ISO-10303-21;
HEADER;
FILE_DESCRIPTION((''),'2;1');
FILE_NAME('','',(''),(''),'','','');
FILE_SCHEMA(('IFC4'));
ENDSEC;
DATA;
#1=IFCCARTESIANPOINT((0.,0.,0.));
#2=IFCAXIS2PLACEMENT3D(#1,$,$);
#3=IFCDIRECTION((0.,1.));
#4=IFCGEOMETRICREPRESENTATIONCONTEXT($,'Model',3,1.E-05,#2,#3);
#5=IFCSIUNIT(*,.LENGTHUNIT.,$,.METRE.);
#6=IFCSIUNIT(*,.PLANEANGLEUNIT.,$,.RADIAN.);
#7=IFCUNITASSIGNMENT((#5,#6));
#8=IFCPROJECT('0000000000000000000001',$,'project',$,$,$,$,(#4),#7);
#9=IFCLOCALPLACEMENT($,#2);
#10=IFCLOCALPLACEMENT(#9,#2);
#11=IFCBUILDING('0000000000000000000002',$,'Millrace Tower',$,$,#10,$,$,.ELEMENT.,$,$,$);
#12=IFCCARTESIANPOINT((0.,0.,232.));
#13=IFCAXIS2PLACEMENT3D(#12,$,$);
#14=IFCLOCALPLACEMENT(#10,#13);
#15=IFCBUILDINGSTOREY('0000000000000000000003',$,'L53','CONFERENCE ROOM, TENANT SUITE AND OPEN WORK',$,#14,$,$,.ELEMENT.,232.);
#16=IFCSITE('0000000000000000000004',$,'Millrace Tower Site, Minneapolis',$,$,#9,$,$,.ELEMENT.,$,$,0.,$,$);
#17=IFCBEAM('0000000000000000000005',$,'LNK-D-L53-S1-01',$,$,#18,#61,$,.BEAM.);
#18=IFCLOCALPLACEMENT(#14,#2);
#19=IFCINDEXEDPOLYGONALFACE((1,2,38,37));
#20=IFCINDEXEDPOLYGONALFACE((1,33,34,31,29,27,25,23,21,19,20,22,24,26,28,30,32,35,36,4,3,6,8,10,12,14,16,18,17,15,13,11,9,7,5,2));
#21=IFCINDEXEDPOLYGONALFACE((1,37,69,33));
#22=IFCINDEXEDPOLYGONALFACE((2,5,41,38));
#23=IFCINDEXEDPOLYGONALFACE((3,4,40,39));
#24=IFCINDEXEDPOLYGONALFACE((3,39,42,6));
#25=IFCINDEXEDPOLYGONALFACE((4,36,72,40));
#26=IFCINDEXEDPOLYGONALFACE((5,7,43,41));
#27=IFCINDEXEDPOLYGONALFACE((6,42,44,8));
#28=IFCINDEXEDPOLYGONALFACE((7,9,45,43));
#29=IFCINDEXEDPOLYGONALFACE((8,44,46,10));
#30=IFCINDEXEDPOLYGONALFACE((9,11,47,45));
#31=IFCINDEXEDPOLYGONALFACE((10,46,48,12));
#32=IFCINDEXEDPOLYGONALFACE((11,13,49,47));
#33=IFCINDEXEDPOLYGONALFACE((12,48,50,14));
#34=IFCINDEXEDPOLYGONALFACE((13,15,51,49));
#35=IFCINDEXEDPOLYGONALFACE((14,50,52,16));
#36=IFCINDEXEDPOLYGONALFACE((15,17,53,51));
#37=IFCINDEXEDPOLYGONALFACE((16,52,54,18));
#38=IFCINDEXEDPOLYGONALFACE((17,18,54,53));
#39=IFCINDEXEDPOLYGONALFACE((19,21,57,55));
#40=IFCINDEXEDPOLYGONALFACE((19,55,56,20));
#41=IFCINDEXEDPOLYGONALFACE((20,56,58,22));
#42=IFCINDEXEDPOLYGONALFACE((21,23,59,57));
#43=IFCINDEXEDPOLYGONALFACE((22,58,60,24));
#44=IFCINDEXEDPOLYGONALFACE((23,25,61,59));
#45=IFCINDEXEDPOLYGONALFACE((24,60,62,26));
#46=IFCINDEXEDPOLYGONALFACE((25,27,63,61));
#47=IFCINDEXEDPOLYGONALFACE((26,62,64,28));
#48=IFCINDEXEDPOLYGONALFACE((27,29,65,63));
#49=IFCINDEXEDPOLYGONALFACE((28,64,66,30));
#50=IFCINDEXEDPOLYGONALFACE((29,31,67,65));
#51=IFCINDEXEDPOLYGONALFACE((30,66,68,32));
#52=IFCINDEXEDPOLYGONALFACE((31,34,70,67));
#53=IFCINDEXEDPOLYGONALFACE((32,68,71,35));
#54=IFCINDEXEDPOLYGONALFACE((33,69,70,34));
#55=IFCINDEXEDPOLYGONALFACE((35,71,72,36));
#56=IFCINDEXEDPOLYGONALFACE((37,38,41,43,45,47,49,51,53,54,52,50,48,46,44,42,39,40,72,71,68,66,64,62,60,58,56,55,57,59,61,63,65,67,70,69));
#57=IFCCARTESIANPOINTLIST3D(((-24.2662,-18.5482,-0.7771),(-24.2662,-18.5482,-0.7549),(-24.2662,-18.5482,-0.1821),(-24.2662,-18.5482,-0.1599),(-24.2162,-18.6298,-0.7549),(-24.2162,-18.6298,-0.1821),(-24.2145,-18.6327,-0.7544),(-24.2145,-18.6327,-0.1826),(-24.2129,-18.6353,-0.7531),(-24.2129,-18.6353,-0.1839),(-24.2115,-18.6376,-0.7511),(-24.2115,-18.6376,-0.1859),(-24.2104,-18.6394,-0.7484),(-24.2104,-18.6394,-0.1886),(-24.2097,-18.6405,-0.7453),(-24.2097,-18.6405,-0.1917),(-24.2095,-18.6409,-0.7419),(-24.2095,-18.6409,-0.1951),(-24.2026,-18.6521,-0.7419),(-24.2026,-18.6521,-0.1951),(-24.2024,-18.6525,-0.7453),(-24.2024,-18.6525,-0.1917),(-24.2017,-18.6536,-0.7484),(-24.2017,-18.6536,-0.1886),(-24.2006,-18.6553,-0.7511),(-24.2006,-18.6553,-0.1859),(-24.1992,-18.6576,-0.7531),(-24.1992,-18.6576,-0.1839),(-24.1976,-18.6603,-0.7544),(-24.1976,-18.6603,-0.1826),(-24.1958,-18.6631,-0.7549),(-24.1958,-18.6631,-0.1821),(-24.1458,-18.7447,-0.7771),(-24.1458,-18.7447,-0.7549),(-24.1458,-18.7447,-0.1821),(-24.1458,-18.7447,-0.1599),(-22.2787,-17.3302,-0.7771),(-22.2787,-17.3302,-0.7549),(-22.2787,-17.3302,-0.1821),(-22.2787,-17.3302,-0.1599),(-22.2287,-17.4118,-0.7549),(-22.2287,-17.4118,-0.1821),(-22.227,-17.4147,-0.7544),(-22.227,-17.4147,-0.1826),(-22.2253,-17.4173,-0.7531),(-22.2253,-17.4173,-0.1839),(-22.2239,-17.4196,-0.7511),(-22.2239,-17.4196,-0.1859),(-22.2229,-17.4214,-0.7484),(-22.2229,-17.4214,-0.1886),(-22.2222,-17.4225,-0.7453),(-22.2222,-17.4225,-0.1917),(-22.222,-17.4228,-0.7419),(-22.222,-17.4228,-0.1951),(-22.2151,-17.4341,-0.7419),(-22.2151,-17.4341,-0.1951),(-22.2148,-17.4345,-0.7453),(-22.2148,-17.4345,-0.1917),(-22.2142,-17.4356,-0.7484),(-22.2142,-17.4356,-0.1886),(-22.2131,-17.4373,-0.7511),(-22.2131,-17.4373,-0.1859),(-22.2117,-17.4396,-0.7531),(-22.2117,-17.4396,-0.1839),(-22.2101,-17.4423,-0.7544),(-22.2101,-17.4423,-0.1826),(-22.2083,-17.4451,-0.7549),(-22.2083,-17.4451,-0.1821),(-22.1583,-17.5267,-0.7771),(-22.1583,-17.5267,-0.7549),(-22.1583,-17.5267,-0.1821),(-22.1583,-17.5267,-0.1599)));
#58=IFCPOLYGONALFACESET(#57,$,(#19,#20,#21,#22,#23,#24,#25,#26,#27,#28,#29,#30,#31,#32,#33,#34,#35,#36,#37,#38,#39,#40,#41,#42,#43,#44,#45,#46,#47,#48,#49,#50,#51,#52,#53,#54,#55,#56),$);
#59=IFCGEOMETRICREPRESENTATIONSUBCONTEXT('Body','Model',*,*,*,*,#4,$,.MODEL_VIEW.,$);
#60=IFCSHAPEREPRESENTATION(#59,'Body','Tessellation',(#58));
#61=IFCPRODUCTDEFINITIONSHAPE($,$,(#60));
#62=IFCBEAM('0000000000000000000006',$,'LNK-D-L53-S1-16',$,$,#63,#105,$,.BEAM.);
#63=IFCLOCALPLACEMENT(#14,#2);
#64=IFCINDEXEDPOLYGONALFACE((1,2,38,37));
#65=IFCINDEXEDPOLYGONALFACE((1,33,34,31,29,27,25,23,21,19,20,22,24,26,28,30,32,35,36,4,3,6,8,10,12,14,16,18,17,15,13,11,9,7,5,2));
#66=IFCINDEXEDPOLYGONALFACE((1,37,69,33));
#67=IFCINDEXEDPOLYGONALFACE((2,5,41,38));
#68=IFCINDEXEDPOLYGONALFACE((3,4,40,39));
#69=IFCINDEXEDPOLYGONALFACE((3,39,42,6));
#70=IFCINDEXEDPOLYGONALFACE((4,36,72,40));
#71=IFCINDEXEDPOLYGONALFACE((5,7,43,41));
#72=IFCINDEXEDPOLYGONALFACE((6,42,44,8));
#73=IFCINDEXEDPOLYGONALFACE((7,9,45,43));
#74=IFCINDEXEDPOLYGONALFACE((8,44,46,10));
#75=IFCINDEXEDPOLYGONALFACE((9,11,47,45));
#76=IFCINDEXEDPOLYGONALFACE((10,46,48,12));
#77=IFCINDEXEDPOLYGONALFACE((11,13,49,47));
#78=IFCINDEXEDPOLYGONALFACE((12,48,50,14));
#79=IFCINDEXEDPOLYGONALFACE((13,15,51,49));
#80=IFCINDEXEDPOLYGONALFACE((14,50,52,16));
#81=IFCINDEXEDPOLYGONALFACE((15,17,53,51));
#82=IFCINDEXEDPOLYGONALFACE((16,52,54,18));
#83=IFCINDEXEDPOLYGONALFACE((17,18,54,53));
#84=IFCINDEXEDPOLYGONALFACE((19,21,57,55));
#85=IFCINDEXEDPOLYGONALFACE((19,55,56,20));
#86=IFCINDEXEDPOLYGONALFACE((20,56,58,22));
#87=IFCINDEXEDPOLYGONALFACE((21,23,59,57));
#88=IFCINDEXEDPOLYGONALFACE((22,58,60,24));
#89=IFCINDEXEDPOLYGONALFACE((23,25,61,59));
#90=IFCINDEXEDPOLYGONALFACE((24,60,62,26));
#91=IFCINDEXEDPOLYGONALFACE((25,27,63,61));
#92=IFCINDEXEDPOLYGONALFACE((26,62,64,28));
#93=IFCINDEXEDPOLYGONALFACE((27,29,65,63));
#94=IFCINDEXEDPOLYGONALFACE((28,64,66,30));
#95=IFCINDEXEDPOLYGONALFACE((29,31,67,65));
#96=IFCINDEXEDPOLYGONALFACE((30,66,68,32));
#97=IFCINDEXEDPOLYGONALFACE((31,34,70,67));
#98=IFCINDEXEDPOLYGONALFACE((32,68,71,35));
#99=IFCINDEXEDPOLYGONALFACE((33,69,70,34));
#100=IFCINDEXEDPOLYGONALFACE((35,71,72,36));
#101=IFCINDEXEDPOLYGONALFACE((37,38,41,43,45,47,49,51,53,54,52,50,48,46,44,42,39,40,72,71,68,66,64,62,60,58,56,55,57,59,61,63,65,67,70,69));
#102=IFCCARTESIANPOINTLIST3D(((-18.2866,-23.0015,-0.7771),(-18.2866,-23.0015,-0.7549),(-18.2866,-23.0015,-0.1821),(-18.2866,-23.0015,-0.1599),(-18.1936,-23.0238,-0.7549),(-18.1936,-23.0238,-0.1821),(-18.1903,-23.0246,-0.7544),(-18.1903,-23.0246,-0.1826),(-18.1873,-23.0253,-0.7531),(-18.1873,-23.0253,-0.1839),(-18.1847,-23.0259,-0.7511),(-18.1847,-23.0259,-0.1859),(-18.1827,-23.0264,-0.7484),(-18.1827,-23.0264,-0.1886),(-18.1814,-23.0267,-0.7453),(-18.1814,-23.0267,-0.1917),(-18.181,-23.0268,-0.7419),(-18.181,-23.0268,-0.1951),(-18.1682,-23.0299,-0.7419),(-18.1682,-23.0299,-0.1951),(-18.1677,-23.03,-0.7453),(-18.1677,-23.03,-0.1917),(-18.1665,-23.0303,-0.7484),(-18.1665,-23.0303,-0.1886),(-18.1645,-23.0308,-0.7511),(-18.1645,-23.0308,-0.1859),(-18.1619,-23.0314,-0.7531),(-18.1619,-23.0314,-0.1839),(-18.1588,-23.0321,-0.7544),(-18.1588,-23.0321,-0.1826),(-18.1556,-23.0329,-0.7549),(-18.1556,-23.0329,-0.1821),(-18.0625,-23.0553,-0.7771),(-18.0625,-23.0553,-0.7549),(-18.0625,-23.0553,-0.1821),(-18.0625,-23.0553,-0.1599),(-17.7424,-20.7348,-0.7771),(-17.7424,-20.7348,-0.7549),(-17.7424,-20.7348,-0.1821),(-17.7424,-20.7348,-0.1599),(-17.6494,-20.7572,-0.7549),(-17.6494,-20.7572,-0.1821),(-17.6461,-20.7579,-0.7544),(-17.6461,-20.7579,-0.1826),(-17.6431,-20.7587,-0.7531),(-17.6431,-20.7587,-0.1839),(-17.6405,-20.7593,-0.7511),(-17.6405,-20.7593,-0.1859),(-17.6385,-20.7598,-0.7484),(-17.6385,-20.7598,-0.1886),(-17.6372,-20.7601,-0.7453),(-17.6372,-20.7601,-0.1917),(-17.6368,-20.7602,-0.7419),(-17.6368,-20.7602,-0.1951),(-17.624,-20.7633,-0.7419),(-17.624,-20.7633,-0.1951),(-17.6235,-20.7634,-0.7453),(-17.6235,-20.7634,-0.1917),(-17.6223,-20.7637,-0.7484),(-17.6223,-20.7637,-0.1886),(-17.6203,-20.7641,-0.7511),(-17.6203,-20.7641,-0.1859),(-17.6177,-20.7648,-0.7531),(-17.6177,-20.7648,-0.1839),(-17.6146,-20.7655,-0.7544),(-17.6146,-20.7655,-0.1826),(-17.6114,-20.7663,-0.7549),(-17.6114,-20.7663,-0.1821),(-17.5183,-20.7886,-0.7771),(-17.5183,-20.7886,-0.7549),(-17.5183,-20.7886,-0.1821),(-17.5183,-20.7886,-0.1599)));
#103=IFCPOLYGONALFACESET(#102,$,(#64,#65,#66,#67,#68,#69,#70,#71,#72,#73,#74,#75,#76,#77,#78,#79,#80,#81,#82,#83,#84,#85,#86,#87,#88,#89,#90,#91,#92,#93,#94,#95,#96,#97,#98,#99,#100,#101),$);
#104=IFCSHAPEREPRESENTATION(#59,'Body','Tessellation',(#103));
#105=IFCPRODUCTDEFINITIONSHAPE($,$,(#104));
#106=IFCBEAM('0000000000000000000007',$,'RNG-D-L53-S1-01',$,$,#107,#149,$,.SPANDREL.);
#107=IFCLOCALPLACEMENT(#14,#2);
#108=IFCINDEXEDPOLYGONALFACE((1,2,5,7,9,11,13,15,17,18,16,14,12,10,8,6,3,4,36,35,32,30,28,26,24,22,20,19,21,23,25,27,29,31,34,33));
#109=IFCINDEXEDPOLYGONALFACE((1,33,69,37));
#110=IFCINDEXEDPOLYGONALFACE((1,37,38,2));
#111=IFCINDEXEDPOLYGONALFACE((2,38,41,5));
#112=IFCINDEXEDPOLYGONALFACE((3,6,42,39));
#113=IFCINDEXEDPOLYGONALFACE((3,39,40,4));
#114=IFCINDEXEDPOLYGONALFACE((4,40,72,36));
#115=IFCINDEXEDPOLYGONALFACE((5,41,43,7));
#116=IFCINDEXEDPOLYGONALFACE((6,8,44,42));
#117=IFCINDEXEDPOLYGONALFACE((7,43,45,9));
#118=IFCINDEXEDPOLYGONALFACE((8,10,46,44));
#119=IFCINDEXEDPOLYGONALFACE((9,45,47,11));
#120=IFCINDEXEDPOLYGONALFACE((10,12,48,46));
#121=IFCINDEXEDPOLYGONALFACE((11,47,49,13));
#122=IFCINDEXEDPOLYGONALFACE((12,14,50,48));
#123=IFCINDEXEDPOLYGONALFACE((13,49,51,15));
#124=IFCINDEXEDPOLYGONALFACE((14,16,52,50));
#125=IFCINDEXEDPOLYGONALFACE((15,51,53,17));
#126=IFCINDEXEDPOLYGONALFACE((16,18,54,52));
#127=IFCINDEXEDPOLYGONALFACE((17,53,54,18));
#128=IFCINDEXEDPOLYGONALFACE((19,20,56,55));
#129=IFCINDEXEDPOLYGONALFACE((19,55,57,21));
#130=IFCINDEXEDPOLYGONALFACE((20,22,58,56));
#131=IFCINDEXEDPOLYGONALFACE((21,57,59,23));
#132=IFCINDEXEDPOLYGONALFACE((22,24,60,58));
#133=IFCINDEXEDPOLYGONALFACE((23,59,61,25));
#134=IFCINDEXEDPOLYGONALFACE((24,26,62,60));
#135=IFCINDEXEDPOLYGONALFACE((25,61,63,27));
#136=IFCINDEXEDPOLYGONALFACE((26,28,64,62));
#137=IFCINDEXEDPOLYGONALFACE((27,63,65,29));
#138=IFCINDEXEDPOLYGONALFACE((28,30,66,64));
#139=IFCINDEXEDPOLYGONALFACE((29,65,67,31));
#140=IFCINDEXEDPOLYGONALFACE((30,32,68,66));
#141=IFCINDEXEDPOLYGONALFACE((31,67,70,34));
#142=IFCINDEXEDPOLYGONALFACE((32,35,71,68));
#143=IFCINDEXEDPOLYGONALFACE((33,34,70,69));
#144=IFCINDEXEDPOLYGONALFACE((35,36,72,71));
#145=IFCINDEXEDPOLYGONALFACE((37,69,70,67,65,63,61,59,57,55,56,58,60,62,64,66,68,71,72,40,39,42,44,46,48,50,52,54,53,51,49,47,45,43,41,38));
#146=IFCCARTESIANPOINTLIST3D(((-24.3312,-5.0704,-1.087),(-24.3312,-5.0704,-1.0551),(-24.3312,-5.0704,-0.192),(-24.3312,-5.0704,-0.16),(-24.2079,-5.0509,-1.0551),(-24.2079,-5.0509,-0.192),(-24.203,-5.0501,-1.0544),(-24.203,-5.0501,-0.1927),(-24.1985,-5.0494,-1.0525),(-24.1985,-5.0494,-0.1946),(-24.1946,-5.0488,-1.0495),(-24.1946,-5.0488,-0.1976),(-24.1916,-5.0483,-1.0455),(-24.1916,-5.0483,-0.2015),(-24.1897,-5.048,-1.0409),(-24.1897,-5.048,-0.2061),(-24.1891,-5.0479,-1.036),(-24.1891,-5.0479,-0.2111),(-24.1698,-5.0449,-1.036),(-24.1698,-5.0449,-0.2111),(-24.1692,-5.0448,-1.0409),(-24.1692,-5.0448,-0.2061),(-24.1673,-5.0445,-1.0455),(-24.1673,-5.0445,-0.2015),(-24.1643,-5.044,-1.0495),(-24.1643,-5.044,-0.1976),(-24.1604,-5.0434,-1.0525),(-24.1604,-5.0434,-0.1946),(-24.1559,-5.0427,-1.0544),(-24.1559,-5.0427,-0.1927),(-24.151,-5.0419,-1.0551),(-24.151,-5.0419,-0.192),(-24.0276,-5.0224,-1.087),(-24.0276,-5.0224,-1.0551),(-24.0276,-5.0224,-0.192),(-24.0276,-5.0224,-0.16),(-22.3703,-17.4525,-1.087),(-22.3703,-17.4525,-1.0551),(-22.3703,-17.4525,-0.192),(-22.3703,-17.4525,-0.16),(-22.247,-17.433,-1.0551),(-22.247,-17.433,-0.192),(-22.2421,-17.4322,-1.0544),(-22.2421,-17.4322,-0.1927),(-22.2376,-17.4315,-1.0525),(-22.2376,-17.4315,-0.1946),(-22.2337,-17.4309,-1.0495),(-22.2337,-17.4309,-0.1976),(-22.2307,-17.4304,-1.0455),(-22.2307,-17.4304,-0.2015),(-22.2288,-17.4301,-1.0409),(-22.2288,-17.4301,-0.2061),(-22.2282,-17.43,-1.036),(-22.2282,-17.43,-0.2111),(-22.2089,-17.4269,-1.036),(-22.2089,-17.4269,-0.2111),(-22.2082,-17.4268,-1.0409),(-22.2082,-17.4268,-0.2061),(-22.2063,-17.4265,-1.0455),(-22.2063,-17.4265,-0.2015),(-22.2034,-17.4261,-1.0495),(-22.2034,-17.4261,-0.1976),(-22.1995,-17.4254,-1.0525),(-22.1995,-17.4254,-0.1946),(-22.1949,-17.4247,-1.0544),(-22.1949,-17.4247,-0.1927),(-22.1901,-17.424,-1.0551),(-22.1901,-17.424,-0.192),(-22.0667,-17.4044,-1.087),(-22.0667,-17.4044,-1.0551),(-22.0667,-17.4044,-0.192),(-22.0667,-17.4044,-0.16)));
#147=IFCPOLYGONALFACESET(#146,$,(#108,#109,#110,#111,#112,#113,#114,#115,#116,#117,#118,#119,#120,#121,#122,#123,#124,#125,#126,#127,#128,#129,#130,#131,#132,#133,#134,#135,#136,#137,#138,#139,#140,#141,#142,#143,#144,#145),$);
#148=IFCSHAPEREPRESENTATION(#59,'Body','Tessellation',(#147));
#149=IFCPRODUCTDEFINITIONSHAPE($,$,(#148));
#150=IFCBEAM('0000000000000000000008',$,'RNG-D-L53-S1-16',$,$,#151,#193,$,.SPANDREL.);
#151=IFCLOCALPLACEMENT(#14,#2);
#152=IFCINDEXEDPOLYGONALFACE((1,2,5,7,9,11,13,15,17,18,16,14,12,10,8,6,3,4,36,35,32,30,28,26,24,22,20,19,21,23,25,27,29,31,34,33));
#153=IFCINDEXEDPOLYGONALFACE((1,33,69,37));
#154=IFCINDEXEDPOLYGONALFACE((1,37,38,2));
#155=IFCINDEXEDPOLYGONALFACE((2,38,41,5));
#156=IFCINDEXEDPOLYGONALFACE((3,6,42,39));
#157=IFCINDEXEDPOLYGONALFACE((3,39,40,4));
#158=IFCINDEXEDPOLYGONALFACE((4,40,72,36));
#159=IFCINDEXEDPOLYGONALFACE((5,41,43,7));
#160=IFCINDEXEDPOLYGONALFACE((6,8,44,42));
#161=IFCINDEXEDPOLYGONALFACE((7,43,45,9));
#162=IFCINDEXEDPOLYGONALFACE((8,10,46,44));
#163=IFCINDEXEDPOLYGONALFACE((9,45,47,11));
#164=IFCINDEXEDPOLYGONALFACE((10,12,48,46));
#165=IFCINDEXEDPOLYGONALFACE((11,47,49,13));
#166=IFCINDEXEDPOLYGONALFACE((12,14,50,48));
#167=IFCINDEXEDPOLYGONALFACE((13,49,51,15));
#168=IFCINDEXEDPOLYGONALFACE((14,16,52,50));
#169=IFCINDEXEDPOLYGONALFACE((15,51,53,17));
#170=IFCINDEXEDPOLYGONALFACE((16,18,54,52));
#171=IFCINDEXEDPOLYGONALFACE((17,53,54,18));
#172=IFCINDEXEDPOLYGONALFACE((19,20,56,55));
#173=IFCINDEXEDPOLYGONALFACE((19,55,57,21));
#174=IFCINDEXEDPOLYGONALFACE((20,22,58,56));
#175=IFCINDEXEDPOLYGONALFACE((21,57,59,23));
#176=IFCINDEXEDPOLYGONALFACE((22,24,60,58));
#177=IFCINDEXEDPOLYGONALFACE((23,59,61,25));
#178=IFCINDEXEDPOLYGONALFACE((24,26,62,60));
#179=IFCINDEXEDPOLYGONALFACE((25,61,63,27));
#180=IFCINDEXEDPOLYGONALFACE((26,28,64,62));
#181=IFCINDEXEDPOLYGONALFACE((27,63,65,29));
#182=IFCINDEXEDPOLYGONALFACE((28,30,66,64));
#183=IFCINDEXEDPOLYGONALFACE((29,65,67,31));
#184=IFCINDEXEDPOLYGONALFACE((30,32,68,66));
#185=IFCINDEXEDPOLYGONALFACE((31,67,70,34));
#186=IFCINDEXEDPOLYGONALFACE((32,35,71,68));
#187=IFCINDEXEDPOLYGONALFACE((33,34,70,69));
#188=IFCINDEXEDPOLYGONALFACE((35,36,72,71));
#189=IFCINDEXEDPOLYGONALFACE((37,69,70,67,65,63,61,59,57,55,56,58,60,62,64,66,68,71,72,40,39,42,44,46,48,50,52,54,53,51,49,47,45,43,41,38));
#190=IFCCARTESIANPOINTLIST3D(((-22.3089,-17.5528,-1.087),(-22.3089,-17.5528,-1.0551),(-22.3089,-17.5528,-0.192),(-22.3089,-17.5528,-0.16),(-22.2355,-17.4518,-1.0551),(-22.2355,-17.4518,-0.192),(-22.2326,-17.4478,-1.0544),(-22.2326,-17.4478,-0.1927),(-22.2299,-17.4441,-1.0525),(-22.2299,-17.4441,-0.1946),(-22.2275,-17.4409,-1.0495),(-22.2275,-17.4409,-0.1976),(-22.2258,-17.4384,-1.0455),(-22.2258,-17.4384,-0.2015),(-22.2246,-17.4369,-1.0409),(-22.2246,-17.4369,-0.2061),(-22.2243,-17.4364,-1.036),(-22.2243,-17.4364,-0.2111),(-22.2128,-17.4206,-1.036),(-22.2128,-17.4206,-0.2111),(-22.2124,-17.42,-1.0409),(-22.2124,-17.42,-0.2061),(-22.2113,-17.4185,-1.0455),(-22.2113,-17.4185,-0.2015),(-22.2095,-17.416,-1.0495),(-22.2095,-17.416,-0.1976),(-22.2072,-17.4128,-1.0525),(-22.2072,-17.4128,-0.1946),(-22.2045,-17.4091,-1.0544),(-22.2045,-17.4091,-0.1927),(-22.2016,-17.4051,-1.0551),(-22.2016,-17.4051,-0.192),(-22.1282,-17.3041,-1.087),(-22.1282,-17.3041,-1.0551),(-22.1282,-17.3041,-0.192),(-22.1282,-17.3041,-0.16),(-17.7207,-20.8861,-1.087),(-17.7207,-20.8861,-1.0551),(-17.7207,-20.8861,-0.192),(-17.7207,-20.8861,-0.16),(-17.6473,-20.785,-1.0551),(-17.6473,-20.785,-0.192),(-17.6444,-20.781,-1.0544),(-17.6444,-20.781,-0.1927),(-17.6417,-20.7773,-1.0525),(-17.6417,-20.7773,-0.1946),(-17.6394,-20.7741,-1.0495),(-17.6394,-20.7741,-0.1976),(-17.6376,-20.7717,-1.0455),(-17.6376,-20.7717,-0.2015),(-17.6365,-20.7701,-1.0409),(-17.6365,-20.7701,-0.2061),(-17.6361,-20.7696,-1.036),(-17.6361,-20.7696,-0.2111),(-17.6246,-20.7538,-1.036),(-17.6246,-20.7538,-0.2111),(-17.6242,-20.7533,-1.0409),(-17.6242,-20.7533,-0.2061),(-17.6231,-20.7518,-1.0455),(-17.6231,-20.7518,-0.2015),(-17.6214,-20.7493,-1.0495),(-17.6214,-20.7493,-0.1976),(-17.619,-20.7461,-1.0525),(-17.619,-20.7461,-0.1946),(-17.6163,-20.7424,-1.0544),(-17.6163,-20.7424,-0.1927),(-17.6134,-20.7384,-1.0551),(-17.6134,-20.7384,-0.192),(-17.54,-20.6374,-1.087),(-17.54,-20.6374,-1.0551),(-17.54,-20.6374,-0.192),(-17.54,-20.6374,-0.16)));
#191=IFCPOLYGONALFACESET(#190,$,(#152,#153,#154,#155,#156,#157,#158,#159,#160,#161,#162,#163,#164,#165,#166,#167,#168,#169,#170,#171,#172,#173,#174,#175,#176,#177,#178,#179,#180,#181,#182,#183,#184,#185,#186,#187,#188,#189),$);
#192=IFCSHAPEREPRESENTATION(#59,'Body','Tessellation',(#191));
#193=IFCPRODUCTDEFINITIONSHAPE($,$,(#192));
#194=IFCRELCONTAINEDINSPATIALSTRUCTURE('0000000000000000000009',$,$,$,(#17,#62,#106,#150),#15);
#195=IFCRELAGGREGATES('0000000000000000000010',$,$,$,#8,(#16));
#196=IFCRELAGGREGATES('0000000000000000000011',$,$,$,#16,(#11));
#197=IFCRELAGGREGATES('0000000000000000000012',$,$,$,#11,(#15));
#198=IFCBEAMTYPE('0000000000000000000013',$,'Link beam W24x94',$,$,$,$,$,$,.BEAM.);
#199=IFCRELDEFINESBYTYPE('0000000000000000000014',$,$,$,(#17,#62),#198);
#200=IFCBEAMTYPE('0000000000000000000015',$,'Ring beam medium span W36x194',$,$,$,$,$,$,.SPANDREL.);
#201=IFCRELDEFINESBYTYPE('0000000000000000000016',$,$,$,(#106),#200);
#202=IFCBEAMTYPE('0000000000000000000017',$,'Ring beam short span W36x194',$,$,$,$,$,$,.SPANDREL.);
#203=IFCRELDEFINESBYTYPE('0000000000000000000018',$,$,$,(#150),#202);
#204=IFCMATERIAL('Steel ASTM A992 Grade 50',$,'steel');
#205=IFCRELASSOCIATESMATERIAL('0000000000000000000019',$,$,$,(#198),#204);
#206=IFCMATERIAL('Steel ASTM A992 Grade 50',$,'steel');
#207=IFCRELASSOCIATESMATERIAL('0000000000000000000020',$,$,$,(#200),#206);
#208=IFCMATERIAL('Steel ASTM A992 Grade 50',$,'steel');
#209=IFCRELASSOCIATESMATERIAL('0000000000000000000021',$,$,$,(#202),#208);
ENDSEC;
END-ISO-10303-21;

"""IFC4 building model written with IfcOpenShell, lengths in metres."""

from ifc_helpers import new_model, si_unit, direction, frame, origin, origin_2d, place, context, subcontext, project, spatial, i_section, extrude, material, material_profile, profile_set, type_object, element, save


model = new_model("IFC4")

# Units and contexts
model_context = context("Model", 3, precision=1e-05, world=origin(), true_north=direction((0.0, 1.0)))
body_context = subcontext(model_context, "Body", "Model", "MODEL_VIEW")
ifc_project = project(units=[si_unit("LENGTHUNIT", "METRE"), si_unit("PLANEANGLEUNIT", "RADIAN")], contexts=[model_context])

# Site, building, storey
site_placement = place(None, origin())
site = spatial("IfcSite", under=ifc_project, at=site_placement, Name="Millrace Tower Site, Minneapolis", CompositionType="ELEMENT", RefElevation=0.0)
building_placement = place(site_placement, origin())
building = spatial("IfcBuilding", under=site, at=building_placement, Name="Millrace Tower", CompositionType="ELEMENT")
storey_placement = place(building_placement, frame((0.0, 0.0, 232.0)))
storey = spatial("IfcBuildingStorey", under=building, at=storey_placement, Name="L53", Description="CONFERENCE ROOM, TENANT SUITE AND OPEN WORK", CompositionType="ELEMENT", Elevation=232.0)

# Beams
ifc_material_1 = material(Name="Steel ASTM A992 Grade 50", Category="steel")
ifc_material_profile_1 = material_profile(ifc_material_1, i_section(OverallWidth=0.2305, OverallDepth=0.6172, WebThickness=0.0132, FlangeThickness=0.0222, FilletRadius=0.0129, at=origin_2d()))
ifc_profile_set_1 = profile_set([ifc_material_profile_1], Name="Steel ASTM A992 Grade 50")
beam_type_1 = type_object("IfcBeamType", Name="Link beam W24x94", PredefinedType="BEAM", material=ifc_profile_set_1)
for number, where, z_axis, x_axis, name in (
    (1, (-22.2185, -17.4285, -0.4685), (-0.852631, -0.522513, 0.0), (0.522513, -0.852631, 0.0), "LNK-D-L53-S1-01"),
    (2, (-17.6304, -20.7617, -0.4685), (-0.233456, -0.972367, 0.0), (0.972367, -0.233456, 0.0), "LNK-D-L53-S1-16"),
):
    element("IfcBeam", number, at=place(storey_placement, frame(where, z_axis=z_axis, x_axis=x_axis)), inside=storey, type_object=beam_type_1, Name=name, PredefinedType="BEAM", context=body_context, shape_type="SweptSolid", body=[
        extrude(i_section(OverallWidth=0.2305, OverallDepth=0.6172, WebThickness=0.0132, FlangeThickness=0.0222, FilletRadius=0.0129, at=origin_2d()), origin(), (0.0, 0.0, 1.0), 2.3311),
    ])
ifc_material_2 = material(Name="Steel ASTM A992 Grade 50", Category="steel")
ifc_material_profile_2 = material_profile(ifc_material_2, i_section(OverallWidth=0.3074, OverallDepth=0.927, WebThickness=0.0195, FlangeThickness=0.032, FilletRadius=0.019, at=origin_2d()))
ifc_profile_set_2 = profile_set([ifc_material_profile_2], Name="Steel ASTM A992 Grade 50")
beam_type_2 = type_object("IfcBeamType", Name="Ring beam medium span W36x194", PredefinedType="SPANDREL", material=ifc_profile_set_2)
beam_1_placement = place(storey_placement, frame((-22.2185, -17.4285, -0.6235), z_axis=(-0.15642, 0.987691, 0.0), x_axis=(-0.987691, -0.15642, 0.0)))
element("IfcBeam", 3, at=beam_1_placement, inside=storey, type_object=beam_type_2, Name="RNG-D-L53-S1-01", PredefinedType="SPANDREL", context=body_context, shape_type="SweptSolid", body=[
    extrude(i_section(OverallWidth=0.3074, OverallDepth=0.927, WebThickness=0.0195, FlangeThickness=0.032, FilletRadius=0.019, at=origin_2d()), origin(), (0.0, 0.0, 1.0), 12.5364),
])
ifc_material_3 = material(Name="Steel ASTM A992 Grade 50", Category="steel")
ifc_material_profile_3 = material_profile(ifc_material_3, i_section(OverallWidth=0.3074, OverallDepth=0.927, WebThickness=0.0195, FlangeThickness=0.032, FilletRadius=0.019, at=origin_2d()))
ifc_profile_set_3 = profile_set([ifc_material_profile_3], Name="Steel ASTM A992 Grade 50")
beam_type_3 = type_object("IfcBeamType", Name="Ring beam short span W36x194", PredefinedType="SPANDREL", material=ifc_profile_set_3)
beam_2_placement = place(storey_placement, frame((-17.6304, -20.7617, -0.6235), z_axis=(-0.809036, 0.58776, 0.0), x_axis=(-0.58776, -0.809036, 0.0)))
element("IfcBeam", 4, at=beam_2_placement, inside=storey, type_object=beam_type_3, Name="RNG-D-L53-S1-16", PredefinedType="SPANDREL", context=body_context, shape_type="SweptSolid", body=[
    extrude(i_section(OverallWidth=0.3074, OverallDepth=0.927, WebThickness=0.0195, FlangeThickness=0.032, FilletRadius=0.019, at=origin_2d()), origin(), (0.0, 0.0, 1.0), 5.6711),
])

save(model, "model.ifc")
